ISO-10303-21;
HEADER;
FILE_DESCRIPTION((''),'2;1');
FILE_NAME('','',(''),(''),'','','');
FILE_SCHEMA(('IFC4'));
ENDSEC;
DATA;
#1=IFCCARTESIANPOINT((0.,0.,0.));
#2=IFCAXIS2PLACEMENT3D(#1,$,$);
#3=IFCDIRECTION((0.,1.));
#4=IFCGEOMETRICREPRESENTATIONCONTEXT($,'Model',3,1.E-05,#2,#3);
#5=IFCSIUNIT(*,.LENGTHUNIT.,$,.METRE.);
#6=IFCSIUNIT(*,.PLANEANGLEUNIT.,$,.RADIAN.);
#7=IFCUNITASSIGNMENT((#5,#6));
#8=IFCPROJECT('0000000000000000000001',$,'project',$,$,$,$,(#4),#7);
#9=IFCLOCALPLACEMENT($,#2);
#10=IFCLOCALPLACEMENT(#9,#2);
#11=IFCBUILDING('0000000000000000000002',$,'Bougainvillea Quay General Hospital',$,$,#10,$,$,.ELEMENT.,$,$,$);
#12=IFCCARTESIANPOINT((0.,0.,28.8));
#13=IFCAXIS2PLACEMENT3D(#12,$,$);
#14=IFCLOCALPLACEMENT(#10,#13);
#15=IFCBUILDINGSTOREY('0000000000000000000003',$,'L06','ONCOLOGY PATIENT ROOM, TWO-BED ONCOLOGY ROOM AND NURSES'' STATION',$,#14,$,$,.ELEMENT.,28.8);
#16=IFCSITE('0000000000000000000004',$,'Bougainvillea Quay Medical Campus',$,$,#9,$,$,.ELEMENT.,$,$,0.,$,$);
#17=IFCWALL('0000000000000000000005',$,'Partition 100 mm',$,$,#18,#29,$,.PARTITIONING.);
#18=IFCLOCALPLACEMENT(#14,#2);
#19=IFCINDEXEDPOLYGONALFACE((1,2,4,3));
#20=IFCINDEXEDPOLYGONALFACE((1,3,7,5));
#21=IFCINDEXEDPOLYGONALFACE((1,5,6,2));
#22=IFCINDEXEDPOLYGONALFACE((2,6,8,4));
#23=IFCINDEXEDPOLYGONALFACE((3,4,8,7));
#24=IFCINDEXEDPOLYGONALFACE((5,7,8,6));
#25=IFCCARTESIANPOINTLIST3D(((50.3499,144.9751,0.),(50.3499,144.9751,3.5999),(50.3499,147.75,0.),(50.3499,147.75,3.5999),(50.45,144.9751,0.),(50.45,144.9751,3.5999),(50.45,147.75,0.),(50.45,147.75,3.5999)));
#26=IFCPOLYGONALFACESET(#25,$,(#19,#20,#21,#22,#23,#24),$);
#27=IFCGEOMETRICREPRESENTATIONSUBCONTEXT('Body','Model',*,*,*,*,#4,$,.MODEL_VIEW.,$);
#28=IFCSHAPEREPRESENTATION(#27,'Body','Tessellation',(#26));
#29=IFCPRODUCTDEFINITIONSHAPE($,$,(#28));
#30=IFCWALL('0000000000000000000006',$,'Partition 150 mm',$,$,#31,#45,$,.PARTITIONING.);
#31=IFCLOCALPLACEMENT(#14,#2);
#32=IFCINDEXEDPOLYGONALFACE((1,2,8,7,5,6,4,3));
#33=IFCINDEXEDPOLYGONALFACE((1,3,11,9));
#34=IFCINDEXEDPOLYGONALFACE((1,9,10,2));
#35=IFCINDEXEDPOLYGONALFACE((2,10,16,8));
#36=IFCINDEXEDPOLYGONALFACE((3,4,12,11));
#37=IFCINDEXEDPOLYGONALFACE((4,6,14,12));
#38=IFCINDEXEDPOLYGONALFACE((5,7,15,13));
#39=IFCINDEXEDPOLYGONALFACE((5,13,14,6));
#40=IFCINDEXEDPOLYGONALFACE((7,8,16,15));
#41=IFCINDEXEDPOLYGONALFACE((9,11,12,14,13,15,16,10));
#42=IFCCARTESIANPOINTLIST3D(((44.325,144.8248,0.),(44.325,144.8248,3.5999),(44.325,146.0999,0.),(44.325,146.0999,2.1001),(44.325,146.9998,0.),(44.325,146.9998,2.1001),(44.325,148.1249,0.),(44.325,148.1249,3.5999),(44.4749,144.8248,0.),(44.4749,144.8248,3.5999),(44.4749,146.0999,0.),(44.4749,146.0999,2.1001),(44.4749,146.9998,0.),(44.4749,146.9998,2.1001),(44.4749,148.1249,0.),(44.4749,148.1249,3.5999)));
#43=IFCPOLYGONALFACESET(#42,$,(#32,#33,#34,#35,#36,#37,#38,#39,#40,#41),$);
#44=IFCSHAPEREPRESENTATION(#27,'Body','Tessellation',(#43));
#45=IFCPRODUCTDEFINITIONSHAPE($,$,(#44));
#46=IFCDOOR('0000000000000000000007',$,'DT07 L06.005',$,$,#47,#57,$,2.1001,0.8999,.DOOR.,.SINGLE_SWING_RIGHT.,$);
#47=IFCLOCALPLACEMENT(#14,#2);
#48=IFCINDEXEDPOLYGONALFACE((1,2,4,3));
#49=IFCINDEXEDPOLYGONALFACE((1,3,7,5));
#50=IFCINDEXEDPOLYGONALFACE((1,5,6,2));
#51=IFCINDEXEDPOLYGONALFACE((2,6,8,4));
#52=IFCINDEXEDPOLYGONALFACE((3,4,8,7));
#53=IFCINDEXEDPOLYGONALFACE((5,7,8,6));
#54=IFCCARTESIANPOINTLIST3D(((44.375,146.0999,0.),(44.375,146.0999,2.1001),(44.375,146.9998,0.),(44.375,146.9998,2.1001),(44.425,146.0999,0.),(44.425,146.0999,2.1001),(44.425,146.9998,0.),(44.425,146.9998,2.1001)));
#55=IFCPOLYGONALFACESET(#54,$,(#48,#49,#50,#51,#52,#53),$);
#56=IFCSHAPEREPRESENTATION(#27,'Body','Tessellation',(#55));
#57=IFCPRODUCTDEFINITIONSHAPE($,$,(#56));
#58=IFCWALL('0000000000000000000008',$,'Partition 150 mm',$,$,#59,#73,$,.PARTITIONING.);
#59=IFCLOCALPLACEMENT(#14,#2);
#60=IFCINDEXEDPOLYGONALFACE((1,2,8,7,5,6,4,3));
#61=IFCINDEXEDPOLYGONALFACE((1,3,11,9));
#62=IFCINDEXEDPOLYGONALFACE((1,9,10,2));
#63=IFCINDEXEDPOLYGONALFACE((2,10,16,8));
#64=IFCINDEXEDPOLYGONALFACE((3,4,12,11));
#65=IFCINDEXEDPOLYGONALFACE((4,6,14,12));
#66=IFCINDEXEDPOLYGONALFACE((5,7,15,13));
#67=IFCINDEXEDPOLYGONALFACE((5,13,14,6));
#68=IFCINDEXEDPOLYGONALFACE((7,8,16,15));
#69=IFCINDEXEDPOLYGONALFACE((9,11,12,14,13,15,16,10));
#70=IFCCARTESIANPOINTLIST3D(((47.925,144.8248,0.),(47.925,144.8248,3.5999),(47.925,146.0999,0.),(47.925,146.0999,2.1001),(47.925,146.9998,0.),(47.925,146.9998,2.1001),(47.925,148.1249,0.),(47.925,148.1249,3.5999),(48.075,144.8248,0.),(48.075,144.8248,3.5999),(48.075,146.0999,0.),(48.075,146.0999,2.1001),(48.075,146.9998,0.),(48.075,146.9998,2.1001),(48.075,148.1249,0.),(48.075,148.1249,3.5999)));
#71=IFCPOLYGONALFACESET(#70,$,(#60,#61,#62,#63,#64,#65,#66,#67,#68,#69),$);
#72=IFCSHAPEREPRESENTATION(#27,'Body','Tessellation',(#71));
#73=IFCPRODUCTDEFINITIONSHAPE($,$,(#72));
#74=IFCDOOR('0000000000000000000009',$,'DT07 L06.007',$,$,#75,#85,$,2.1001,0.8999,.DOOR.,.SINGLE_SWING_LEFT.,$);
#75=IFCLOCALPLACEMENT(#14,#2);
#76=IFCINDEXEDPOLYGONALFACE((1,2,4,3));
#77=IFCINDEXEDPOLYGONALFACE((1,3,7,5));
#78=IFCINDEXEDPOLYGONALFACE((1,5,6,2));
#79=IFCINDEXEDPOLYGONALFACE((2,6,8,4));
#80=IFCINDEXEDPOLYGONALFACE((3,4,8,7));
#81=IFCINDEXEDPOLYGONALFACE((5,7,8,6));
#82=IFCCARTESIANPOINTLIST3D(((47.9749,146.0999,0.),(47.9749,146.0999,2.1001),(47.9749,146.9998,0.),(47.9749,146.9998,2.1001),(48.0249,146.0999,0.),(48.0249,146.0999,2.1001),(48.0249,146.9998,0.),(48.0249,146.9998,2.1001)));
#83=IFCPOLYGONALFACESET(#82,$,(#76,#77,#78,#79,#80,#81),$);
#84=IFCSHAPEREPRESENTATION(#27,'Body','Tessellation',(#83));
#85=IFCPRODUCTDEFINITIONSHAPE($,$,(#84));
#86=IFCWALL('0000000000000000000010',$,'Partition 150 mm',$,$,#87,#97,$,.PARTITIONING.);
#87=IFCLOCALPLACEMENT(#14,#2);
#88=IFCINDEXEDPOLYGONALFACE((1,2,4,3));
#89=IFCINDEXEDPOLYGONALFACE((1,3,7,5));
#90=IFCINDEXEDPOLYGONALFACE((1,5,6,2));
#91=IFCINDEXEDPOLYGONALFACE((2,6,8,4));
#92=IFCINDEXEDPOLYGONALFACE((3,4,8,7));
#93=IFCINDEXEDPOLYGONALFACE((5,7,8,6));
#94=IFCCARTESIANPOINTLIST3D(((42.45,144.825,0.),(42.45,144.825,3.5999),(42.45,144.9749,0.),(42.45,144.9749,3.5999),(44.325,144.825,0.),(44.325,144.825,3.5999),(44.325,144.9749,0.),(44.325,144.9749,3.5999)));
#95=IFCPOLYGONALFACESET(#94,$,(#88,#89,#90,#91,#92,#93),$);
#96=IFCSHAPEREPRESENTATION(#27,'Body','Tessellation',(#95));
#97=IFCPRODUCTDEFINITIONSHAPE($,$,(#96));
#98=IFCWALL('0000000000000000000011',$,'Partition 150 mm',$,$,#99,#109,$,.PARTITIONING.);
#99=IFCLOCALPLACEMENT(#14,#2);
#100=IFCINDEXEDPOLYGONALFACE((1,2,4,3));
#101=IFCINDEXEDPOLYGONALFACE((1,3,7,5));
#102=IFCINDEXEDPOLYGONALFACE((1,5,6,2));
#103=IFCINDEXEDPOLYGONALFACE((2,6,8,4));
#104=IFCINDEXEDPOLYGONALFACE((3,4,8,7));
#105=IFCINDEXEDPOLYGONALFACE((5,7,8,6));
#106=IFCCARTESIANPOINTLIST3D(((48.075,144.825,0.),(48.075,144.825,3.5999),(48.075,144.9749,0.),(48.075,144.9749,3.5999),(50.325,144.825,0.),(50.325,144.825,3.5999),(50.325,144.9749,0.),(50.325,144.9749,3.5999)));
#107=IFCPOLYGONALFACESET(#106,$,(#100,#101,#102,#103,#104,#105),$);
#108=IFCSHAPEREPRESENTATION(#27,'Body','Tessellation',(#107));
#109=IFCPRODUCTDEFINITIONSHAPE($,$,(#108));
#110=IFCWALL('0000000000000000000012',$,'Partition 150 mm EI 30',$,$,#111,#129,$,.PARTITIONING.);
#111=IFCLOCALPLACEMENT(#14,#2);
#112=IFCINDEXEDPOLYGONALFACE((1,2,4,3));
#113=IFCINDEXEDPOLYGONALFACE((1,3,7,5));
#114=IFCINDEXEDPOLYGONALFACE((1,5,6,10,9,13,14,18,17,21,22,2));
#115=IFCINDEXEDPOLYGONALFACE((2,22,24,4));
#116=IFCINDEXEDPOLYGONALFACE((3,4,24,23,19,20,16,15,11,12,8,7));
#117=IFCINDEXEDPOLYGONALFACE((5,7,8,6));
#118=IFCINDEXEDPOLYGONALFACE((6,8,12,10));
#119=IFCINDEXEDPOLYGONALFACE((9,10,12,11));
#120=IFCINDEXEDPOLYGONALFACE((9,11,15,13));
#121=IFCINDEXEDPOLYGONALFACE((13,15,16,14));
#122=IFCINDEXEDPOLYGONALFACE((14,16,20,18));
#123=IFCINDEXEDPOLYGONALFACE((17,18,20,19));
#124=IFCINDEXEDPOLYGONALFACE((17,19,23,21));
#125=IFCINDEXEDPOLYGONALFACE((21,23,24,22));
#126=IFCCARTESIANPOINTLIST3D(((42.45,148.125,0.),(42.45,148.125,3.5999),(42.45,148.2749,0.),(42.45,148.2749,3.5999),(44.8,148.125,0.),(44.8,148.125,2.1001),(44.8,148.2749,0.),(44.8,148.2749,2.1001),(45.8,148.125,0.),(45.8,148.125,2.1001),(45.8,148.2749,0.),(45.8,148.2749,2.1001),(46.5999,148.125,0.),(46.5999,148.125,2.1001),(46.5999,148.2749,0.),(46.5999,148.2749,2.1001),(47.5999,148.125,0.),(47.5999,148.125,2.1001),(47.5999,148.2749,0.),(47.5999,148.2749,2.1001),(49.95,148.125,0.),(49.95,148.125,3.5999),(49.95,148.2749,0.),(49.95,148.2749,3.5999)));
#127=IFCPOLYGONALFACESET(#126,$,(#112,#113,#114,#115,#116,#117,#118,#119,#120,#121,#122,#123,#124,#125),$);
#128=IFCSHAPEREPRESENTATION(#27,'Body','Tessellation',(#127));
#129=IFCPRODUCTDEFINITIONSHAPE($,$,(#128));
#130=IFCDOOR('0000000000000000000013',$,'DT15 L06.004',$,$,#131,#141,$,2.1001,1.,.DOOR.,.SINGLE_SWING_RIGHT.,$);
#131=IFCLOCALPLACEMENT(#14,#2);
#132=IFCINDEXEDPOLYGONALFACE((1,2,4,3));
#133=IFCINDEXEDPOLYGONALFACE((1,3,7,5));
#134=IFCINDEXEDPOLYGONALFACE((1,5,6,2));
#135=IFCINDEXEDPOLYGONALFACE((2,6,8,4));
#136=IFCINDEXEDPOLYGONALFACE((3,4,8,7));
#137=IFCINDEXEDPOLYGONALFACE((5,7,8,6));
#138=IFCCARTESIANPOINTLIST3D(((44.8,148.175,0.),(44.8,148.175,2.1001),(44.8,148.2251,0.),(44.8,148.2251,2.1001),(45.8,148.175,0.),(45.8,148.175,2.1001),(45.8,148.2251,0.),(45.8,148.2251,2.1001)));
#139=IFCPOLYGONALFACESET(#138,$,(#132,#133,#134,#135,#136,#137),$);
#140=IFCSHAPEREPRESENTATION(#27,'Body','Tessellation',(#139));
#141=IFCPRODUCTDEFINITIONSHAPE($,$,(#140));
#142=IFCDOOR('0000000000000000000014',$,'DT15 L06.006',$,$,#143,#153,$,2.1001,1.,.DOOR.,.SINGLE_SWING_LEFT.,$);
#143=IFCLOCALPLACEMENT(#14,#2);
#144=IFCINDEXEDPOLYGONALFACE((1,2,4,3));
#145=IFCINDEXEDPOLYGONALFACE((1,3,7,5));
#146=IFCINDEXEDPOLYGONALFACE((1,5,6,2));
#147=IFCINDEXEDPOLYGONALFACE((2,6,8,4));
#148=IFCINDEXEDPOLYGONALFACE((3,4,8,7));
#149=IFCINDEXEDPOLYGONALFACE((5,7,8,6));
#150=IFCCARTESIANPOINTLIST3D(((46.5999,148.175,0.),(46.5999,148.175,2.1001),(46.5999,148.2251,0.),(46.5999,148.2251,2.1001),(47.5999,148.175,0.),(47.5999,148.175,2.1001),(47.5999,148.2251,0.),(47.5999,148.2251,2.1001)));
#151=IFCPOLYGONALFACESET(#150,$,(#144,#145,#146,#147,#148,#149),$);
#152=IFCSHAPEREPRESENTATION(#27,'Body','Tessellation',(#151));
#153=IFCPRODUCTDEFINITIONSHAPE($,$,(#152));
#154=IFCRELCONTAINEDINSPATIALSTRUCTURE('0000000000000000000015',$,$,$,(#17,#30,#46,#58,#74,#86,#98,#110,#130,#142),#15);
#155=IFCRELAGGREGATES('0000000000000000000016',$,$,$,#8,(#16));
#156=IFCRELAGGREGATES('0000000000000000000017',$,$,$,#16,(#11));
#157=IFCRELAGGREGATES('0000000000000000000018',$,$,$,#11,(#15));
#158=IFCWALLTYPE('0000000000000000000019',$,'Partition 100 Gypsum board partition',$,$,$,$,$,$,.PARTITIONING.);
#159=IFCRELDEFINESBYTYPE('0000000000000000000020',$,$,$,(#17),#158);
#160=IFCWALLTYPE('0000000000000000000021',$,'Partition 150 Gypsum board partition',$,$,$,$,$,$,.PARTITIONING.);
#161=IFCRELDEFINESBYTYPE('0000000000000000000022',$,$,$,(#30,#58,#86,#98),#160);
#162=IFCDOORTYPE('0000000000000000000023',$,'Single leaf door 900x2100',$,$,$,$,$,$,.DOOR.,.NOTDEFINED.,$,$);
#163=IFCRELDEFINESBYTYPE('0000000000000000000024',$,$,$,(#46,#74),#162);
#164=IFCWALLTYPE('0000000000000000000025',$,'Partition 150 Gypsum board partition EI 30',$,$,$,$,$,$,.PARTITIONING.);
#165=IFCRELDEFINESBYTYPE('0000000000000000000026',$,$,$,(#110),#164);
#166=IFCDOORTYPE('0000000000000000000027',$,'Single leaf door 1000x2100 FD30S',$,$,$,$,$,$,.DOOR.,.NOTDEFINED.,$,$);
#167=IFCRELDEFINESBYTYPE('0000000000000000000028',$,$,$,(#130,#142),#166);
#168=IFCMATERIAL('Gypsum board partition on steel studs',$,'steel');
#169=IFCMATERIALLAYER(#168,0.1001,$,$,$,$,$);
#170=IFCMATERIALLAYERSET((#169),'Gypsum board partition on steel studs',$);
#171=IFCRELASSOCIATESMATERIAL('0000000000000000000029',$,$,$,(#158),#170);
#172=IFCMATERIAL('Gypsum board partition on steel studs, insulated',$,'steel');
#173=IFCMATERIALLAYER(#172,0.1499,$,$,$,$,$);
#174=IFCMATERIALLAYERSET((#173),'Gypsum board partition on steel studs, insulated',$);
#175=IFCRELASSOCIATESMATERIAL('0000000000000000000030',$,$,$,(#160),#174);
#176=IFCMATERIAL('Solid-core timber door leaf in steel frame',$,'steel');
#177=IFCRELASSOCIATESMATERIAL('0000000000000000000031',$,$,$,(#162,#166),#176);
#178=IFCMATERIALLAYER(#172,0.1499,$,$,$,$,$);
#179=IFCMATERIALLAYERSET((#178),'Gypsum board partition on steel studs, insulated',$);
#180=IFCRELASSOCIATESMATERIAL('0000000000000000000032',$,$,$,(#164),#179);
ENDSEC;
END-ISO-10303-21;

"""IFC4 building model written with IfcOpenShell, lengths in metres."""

from ifc_helpers import new_model, si_unit, direction, frame, frame_2d, origin, place, context, subcontext, project, spatial, rectangle, extrude, material, layer, layer_set, type_object, element, fill, save


model = new_model("IFC4")

# Units and contexts
model_context = context("Model", 3, precision=1e-05, world=origin(), true_north=direction((0.0, 1.0)))
body_context = subcontext(model_context, "Body", "Model", "MODEL_VIEW")
ifc_project = project(units=[si_unit("LENGTHUNIT", "METRE"), si_unit("PLANEANGLEUNIT", "RADIAN")], contexts=[model_context])

# Site, building, storey
site_placement = place(None, origin())
site = spatial("IfcSite", under=ifc_project, at=site_placement, Name="Bougainvillea Quay Medical Campus", CompositionType="ELEMENT", RefElevation=0.0)
building_placement = place(site_placement, origin())
building = spatial("IfcBuilding", under=site, at=building_placement, Name="Bougainvillea Quay General Hospital", CompositionType="ELEMENT")
storey_placement = place(building_placement, frame((0.0, 0.0, 28.8)))
storey = spatial("IfcBuildingStorey", under=building, at=storey_placement, Name="L06", Description="ONCOLOGY PATIENT ROOM, TWO-BED ONCOLOGY ROOM AND NURSES' STATION", CompositionType="ELEMENT", Elevation=28.8)

# Wall
ifc_material_1 = material(Name="Gypsum board partition on steel studs", Category="steel")
ifc_layer_1 = layer(ifc_material_1, 0.1001)
ifc_layer_set_1 = layer_set([ifc_layer_1], Name="Gypsum board partition on steel studs")
wall_type_1 = type_object("IfcWallType", Name="Partition 100 Gypsum board partition", PredefinedType="PARTITIONING", material=ifc_layer_set_1)
wall_1_placement = place(storey_placement, frame((50.3999, 144.9751, 0.0), z_axis=(0.0, 0.0, 1.0), x_axis=(0.0, 1.0, 0.0)))
element("IfcWall", 1, at=wall_1_placement, inside=storey, type_object=wall_type_1, Name="Partition 100 mm", PredefinedType="PARTITIONING", context=body_context, shape_type="SweptSolid", body=[
    extrude(rectangle(XDim=2.7749, YDim=0.1001, at=frame_2d((1.3875, 0.0))), origin(), (0.0, 0.0, 1.0), 3.5999),
])

# Walls, openings, doors
ifc_material_2 = material(Name="Gypsum board partition on steel studs, insulated", Category="steel")
ifc_layer_2 = layer(ifc_material_2, 0.1499)
ifc_layer_set_2 = layer_set([ifc_layer_2], Name="Gypsum board partition on steel studs, insulated")
wall_type_2 = type_object("IfcWallType", Name="Partition 150 Gypsum board partition", PredefinedType="PARTITIONING", material=ifc_layer_set_2)
wall_2_placement = place(storey_placement, frame((44.3999, 144.825, 0.0), z_axis=(0.0, 0.0, 1.0), x_axis=(0.0, 1.0, 0.0)))
wall_2 = element("IfcWall", 2, at=wall_2_placement, inside=storey, type_object=wall_type_2, Name="Partition 150 mm", PredefinedType="PARTITIONING", context=body_context, shape_type="SweptSolid", body=[
    extrude(rectangle(XDim=3.3, YDim=0.1499, at=frame_2d((1.6499, 0.0))), origin(), (0.0, 0.0, 1.0), 3.5999),
])
opening_1_placement = place(wall_2_placement, frame((1.2749, 0.0, 0.0)))
opening_1 = element("IfcOpeningElement", 3, at=opening_1_placement, cuts=wall_2, PredefinedType="OPENING", context=body_context, shape_type="SweptSolid", body=[
    extrude(rectangle(XDim=0.8999, YDim=2.1001, at=frame_2d((0.45, 1.05))), frame((0.0, 0.085, 0.0), z_axis=(0.0, -1.0, 0.0), x_axis=(1.0, 0.0, 0.0)), (0.0, 0.0, 1.0), 0.1699),
])
ifc_material_3 = material(Name="Solid-core timber door leaf in steel frame", Category="steel")
door_type_1 = type_object("IfcDoorType", Name="Single leaf door 900x2100", OperationType="NOTDEFINED", PredefinedType="DOOR", material=ifc_material_3)
door_1_placement = place(opening_1_placement, origin())
door_1 = element("IfcDoor", 4, at=door_1_placement, inside=storey, type_object=door_type_1, Name="DT07 L06.005", OperationType="SINGLE_SWING_RIGHT", OverallHeight=2.1001, OverallWidth=0.8999, PredefinedType="DOOR", context=body_context, shape_type="SweptSolid", body=[
    extrude(rectangle(XDim=0.8999, YDim=2.1001, at=frame_2d((0.45, 1.05))), frame((0.0, 0.0249, 0.0), z_axis=(0.0, -1.0, 0.0), x_axis=(1.0, 0.0, 0.0)), (0.0, 0.0, 1.0), 0.05),
])
fill(opening_1, door_1)
wall_3_placement = place(storey_placement, frame((48.0, 144.825, 0.0), z_axis=(0.0, 0.0, 1.0), x_axis=(0.0, 1.0, 0.0)))
wall_3 = element("IfcWall", 5, at=wall_3_placement, inside=storey, type_object=wall_type_2, Name="Partition 150 mm", PredefinedType="PARTITIONING", context=body_context, shape_type="SweptSolid", body=[
    extrude(rectangle(XDim=3.3, YDim=0.1499, at=frame_2d((1.6499, 0.0))), origin(), (0.0, 0.0, 1.0), 3.5999),
])
opening_2_placement = place(wall_3_placement, frame((1.2749, 0.0, 0.0)))
opening_2 = element("IfcOpeningElement", 6, at=opening_2_placement, cuts=wall_3, PredefinedType="OPENING", context=body_context, shape_type="SweptSolid", body=[
    extrude(rectangle(XDim=0.8999, YDim=2.1001, at=frame_2d((0.45, 1.05))), frame((0.0, 0.085, 0.0), z_axis=(0.0, -1.0, 0.0), x_axis=(1.0, 0.0, 0.0)), (0.0, 0.0, 1.0), 0.1699),
])
door_2_placement = place(opening_2_placement, frame((0.8999, 0.0, 0.0), z_axis=(0.0, 0.0, 1.0), x_axis=(-1.0, 0.0, 0.0)))
door_2 = element("IfcDoor", 7, at=door_2_placement, inside=storey, type_object=door_type_1, Name="DT07 L06.007", OperationType="SINGLE_SWING_LEFT", OverallHeight=2.1001, OverallWidth=0.8999, PredefinedType="DOOR", context=body_context, shape_type="SweptSolid", body=[
    extrude(rectangle(XDim=0.8999, YDim=2.1001, at=frame_2d((0.45, 1.05))), frame((0.0, 0.0249, 0.0), z_axis=(0.0, -1.0, 0.0), x_axis=(1.0, 0.0, 0.0)), (0.0, 0.0, 1.0), 0.05),
])
fill(opening_2, door_2)

# Walls
wall_4_placement = place(storey_placement, frame((42.45, 144.8999, 0.0), z_axis=(0.0, 0.0, 1.0), x_axis=(1.0, 0.0, 0.0)))
element("IfcWall", 8, at=wall_4_placement, inside=storey, type_object=wall_type_2, Name="Partition 150 mm", PredefinedType="PARTITIONING", context=body_context, shape_type="SweptSolid", body=[
    extrude(rectangle(XDim=1.875, YDim=0.1499, at=frame_2d((0.9375, 0.0))), origin(), (0.0, 0.0, 1.0), 3.5999),
])
wall_5_placement = place(storey_placement, frame((48.075, 144.8999, 0.0), z_axis=(0.0, 0.0, 1.0), x_axis=(1.0, 0.0, 0.0)))
element("IfcWall", 9, at=wall_5_placement, inside=storey, type_object=wall_type_2, Name="Partition 150 mm", PredefinedType="PARTITIONING", context=body_context, shape_type="SweptSolid", body=[
    extrude(rectangle(XDim=2.25, YDim=0.1499, at=frame_2d((1.125, 0.0))), origin(), (0.0, 0.0, 1.0), 3.5999),
])

# Wall, openings, doors
ifc_layer_3 = layer(ifc_material_2, 0.1499)
ifc_layer_set_3 = layer_set([ifc_layer_3], Name="Gypsum board partition on steel studs, insulated")
wall_type_3 = type_object("IfcWallType", Name="Partition 150 Gypsum board partition EI 30", PredefinedType="PARTITIONING", material=ifc_layer_set_3)
wall_6_placement = place(storey_placement, frame((49.95, 148.2, 0.0), z_axis=(0.0, 0.0, 1.0), x_axis=(-1.0, 0.0, 0.0)))
wall_6 = element("IfcWall", 10, at=wall_6_placement, inside=storey, type_object=wall_type_3, Name="Partition 150 mm EI 30", PredefinedType="PARTITIONING", context=body_context, shape_type="SweptSolid", body=[
    extrude(rectangle(XDim=7.5, YDim=0.1499, at=frame_2d((3.75, 0.0))), origin(), (0.0, 0.0, 1.0), 3.5999),
])
opening_3_placement = place(wall_6_placement, frame((4.1499, 0.0, 0.0)))
opening_3 = element("IfcOpeningElement", 11, at=opening_3_placement, cuts=wall_6, PredefinedType="OPENING", context=body_context, shape_type="SweptSolid", body=[
    extrude(rectangle(XDim=1.0, YDim=2.1001, at=frame_2d((0.5, 1.05))), frame((0.0, 0.085, 0.0), z_axis=(0.0, -1.0, 0.0), x_axis=(1.0, 0.0, 0.0)), (0.0, 0.0, 1.0), 0.1699),
])
opening_4_placement = place(wall_6_placement, frame((2.3501, 0.0, 0.0)))
opening_4 = element("IfcOpeningElement", 12, at=opening_4_placement, cuts=wall_6, PredefinedType="OPENING", context=body_context, shape_type="SweptSolid", body=[
    extrude(rectangle(XDim=1.0, YDim=2.1001, at=frame_2d((0.5, 1.05))), frame((0.0, 0.085, 0.0), z_axis=(0.0, -1.0, 0.0), x_axis=(1.0, 0.0, 0.0)), (0.0, 0.0, 1.0), 0.1699),
])
door_type_2 = type_object("IfcDoorType", Name="Single leaf door 1000x2100 FD30S", OperationType="NOTDEFINED", PredefinedType="DOOR", material=ifc_material_3)
door_3_placement = place(opening_3_placement, origin())
door_3 = element("IfcDoor", 13, at=door_3_placement, inside=storey, type_object=door_type_2, Name="DT15 L06.004", OperationType="SINGLE_SWING_RIGHT", OverallHeight=2.1001, OverallWidth=1.0, PredefinedType="DOOR", context=body_context, shape_type="SweptSolid", body=[
    extrude(rectangle(XDim=1.0, YDim=2.1001, at=frame_2d((0.5, 1.05))), frame((0.0, 0.0249, 0.0), z_axis=(0.0, -1.0, 0.0), x_axis=(1.0, 0.0, 0.0)), (0.0, 0.0, 1.0), 0.05),
])
fill(opening_3, door_3)
door_4_placement = place(opening_4_placement, origin())
door_4 = element("IfcDoor", 14, at=door_4_placement, inside=storey, type_object=door_type_2, Name="DT15 L06.006", OperationType="SINGLE_SWING_LEFT", OverallHeight=2.1001, OverallWidth=1.0, PredefinedType="DOOR", context=body_context, shape_type="SweptSolid", body=[
    extrude(rectangle(XDim=1.0, YDim=2.1001, at=frame_2d((0.5, 1.05))), frame((0.0, 0.0249, 0.0), z_axis=(0.0, -1.0, 0.0), x_axis=(1.0, 0.0, 0.0)), (0.0, 0.0, 1.0), 0.05),
])
fill(opening_4, door_4)

save(model, "model.ifc")
